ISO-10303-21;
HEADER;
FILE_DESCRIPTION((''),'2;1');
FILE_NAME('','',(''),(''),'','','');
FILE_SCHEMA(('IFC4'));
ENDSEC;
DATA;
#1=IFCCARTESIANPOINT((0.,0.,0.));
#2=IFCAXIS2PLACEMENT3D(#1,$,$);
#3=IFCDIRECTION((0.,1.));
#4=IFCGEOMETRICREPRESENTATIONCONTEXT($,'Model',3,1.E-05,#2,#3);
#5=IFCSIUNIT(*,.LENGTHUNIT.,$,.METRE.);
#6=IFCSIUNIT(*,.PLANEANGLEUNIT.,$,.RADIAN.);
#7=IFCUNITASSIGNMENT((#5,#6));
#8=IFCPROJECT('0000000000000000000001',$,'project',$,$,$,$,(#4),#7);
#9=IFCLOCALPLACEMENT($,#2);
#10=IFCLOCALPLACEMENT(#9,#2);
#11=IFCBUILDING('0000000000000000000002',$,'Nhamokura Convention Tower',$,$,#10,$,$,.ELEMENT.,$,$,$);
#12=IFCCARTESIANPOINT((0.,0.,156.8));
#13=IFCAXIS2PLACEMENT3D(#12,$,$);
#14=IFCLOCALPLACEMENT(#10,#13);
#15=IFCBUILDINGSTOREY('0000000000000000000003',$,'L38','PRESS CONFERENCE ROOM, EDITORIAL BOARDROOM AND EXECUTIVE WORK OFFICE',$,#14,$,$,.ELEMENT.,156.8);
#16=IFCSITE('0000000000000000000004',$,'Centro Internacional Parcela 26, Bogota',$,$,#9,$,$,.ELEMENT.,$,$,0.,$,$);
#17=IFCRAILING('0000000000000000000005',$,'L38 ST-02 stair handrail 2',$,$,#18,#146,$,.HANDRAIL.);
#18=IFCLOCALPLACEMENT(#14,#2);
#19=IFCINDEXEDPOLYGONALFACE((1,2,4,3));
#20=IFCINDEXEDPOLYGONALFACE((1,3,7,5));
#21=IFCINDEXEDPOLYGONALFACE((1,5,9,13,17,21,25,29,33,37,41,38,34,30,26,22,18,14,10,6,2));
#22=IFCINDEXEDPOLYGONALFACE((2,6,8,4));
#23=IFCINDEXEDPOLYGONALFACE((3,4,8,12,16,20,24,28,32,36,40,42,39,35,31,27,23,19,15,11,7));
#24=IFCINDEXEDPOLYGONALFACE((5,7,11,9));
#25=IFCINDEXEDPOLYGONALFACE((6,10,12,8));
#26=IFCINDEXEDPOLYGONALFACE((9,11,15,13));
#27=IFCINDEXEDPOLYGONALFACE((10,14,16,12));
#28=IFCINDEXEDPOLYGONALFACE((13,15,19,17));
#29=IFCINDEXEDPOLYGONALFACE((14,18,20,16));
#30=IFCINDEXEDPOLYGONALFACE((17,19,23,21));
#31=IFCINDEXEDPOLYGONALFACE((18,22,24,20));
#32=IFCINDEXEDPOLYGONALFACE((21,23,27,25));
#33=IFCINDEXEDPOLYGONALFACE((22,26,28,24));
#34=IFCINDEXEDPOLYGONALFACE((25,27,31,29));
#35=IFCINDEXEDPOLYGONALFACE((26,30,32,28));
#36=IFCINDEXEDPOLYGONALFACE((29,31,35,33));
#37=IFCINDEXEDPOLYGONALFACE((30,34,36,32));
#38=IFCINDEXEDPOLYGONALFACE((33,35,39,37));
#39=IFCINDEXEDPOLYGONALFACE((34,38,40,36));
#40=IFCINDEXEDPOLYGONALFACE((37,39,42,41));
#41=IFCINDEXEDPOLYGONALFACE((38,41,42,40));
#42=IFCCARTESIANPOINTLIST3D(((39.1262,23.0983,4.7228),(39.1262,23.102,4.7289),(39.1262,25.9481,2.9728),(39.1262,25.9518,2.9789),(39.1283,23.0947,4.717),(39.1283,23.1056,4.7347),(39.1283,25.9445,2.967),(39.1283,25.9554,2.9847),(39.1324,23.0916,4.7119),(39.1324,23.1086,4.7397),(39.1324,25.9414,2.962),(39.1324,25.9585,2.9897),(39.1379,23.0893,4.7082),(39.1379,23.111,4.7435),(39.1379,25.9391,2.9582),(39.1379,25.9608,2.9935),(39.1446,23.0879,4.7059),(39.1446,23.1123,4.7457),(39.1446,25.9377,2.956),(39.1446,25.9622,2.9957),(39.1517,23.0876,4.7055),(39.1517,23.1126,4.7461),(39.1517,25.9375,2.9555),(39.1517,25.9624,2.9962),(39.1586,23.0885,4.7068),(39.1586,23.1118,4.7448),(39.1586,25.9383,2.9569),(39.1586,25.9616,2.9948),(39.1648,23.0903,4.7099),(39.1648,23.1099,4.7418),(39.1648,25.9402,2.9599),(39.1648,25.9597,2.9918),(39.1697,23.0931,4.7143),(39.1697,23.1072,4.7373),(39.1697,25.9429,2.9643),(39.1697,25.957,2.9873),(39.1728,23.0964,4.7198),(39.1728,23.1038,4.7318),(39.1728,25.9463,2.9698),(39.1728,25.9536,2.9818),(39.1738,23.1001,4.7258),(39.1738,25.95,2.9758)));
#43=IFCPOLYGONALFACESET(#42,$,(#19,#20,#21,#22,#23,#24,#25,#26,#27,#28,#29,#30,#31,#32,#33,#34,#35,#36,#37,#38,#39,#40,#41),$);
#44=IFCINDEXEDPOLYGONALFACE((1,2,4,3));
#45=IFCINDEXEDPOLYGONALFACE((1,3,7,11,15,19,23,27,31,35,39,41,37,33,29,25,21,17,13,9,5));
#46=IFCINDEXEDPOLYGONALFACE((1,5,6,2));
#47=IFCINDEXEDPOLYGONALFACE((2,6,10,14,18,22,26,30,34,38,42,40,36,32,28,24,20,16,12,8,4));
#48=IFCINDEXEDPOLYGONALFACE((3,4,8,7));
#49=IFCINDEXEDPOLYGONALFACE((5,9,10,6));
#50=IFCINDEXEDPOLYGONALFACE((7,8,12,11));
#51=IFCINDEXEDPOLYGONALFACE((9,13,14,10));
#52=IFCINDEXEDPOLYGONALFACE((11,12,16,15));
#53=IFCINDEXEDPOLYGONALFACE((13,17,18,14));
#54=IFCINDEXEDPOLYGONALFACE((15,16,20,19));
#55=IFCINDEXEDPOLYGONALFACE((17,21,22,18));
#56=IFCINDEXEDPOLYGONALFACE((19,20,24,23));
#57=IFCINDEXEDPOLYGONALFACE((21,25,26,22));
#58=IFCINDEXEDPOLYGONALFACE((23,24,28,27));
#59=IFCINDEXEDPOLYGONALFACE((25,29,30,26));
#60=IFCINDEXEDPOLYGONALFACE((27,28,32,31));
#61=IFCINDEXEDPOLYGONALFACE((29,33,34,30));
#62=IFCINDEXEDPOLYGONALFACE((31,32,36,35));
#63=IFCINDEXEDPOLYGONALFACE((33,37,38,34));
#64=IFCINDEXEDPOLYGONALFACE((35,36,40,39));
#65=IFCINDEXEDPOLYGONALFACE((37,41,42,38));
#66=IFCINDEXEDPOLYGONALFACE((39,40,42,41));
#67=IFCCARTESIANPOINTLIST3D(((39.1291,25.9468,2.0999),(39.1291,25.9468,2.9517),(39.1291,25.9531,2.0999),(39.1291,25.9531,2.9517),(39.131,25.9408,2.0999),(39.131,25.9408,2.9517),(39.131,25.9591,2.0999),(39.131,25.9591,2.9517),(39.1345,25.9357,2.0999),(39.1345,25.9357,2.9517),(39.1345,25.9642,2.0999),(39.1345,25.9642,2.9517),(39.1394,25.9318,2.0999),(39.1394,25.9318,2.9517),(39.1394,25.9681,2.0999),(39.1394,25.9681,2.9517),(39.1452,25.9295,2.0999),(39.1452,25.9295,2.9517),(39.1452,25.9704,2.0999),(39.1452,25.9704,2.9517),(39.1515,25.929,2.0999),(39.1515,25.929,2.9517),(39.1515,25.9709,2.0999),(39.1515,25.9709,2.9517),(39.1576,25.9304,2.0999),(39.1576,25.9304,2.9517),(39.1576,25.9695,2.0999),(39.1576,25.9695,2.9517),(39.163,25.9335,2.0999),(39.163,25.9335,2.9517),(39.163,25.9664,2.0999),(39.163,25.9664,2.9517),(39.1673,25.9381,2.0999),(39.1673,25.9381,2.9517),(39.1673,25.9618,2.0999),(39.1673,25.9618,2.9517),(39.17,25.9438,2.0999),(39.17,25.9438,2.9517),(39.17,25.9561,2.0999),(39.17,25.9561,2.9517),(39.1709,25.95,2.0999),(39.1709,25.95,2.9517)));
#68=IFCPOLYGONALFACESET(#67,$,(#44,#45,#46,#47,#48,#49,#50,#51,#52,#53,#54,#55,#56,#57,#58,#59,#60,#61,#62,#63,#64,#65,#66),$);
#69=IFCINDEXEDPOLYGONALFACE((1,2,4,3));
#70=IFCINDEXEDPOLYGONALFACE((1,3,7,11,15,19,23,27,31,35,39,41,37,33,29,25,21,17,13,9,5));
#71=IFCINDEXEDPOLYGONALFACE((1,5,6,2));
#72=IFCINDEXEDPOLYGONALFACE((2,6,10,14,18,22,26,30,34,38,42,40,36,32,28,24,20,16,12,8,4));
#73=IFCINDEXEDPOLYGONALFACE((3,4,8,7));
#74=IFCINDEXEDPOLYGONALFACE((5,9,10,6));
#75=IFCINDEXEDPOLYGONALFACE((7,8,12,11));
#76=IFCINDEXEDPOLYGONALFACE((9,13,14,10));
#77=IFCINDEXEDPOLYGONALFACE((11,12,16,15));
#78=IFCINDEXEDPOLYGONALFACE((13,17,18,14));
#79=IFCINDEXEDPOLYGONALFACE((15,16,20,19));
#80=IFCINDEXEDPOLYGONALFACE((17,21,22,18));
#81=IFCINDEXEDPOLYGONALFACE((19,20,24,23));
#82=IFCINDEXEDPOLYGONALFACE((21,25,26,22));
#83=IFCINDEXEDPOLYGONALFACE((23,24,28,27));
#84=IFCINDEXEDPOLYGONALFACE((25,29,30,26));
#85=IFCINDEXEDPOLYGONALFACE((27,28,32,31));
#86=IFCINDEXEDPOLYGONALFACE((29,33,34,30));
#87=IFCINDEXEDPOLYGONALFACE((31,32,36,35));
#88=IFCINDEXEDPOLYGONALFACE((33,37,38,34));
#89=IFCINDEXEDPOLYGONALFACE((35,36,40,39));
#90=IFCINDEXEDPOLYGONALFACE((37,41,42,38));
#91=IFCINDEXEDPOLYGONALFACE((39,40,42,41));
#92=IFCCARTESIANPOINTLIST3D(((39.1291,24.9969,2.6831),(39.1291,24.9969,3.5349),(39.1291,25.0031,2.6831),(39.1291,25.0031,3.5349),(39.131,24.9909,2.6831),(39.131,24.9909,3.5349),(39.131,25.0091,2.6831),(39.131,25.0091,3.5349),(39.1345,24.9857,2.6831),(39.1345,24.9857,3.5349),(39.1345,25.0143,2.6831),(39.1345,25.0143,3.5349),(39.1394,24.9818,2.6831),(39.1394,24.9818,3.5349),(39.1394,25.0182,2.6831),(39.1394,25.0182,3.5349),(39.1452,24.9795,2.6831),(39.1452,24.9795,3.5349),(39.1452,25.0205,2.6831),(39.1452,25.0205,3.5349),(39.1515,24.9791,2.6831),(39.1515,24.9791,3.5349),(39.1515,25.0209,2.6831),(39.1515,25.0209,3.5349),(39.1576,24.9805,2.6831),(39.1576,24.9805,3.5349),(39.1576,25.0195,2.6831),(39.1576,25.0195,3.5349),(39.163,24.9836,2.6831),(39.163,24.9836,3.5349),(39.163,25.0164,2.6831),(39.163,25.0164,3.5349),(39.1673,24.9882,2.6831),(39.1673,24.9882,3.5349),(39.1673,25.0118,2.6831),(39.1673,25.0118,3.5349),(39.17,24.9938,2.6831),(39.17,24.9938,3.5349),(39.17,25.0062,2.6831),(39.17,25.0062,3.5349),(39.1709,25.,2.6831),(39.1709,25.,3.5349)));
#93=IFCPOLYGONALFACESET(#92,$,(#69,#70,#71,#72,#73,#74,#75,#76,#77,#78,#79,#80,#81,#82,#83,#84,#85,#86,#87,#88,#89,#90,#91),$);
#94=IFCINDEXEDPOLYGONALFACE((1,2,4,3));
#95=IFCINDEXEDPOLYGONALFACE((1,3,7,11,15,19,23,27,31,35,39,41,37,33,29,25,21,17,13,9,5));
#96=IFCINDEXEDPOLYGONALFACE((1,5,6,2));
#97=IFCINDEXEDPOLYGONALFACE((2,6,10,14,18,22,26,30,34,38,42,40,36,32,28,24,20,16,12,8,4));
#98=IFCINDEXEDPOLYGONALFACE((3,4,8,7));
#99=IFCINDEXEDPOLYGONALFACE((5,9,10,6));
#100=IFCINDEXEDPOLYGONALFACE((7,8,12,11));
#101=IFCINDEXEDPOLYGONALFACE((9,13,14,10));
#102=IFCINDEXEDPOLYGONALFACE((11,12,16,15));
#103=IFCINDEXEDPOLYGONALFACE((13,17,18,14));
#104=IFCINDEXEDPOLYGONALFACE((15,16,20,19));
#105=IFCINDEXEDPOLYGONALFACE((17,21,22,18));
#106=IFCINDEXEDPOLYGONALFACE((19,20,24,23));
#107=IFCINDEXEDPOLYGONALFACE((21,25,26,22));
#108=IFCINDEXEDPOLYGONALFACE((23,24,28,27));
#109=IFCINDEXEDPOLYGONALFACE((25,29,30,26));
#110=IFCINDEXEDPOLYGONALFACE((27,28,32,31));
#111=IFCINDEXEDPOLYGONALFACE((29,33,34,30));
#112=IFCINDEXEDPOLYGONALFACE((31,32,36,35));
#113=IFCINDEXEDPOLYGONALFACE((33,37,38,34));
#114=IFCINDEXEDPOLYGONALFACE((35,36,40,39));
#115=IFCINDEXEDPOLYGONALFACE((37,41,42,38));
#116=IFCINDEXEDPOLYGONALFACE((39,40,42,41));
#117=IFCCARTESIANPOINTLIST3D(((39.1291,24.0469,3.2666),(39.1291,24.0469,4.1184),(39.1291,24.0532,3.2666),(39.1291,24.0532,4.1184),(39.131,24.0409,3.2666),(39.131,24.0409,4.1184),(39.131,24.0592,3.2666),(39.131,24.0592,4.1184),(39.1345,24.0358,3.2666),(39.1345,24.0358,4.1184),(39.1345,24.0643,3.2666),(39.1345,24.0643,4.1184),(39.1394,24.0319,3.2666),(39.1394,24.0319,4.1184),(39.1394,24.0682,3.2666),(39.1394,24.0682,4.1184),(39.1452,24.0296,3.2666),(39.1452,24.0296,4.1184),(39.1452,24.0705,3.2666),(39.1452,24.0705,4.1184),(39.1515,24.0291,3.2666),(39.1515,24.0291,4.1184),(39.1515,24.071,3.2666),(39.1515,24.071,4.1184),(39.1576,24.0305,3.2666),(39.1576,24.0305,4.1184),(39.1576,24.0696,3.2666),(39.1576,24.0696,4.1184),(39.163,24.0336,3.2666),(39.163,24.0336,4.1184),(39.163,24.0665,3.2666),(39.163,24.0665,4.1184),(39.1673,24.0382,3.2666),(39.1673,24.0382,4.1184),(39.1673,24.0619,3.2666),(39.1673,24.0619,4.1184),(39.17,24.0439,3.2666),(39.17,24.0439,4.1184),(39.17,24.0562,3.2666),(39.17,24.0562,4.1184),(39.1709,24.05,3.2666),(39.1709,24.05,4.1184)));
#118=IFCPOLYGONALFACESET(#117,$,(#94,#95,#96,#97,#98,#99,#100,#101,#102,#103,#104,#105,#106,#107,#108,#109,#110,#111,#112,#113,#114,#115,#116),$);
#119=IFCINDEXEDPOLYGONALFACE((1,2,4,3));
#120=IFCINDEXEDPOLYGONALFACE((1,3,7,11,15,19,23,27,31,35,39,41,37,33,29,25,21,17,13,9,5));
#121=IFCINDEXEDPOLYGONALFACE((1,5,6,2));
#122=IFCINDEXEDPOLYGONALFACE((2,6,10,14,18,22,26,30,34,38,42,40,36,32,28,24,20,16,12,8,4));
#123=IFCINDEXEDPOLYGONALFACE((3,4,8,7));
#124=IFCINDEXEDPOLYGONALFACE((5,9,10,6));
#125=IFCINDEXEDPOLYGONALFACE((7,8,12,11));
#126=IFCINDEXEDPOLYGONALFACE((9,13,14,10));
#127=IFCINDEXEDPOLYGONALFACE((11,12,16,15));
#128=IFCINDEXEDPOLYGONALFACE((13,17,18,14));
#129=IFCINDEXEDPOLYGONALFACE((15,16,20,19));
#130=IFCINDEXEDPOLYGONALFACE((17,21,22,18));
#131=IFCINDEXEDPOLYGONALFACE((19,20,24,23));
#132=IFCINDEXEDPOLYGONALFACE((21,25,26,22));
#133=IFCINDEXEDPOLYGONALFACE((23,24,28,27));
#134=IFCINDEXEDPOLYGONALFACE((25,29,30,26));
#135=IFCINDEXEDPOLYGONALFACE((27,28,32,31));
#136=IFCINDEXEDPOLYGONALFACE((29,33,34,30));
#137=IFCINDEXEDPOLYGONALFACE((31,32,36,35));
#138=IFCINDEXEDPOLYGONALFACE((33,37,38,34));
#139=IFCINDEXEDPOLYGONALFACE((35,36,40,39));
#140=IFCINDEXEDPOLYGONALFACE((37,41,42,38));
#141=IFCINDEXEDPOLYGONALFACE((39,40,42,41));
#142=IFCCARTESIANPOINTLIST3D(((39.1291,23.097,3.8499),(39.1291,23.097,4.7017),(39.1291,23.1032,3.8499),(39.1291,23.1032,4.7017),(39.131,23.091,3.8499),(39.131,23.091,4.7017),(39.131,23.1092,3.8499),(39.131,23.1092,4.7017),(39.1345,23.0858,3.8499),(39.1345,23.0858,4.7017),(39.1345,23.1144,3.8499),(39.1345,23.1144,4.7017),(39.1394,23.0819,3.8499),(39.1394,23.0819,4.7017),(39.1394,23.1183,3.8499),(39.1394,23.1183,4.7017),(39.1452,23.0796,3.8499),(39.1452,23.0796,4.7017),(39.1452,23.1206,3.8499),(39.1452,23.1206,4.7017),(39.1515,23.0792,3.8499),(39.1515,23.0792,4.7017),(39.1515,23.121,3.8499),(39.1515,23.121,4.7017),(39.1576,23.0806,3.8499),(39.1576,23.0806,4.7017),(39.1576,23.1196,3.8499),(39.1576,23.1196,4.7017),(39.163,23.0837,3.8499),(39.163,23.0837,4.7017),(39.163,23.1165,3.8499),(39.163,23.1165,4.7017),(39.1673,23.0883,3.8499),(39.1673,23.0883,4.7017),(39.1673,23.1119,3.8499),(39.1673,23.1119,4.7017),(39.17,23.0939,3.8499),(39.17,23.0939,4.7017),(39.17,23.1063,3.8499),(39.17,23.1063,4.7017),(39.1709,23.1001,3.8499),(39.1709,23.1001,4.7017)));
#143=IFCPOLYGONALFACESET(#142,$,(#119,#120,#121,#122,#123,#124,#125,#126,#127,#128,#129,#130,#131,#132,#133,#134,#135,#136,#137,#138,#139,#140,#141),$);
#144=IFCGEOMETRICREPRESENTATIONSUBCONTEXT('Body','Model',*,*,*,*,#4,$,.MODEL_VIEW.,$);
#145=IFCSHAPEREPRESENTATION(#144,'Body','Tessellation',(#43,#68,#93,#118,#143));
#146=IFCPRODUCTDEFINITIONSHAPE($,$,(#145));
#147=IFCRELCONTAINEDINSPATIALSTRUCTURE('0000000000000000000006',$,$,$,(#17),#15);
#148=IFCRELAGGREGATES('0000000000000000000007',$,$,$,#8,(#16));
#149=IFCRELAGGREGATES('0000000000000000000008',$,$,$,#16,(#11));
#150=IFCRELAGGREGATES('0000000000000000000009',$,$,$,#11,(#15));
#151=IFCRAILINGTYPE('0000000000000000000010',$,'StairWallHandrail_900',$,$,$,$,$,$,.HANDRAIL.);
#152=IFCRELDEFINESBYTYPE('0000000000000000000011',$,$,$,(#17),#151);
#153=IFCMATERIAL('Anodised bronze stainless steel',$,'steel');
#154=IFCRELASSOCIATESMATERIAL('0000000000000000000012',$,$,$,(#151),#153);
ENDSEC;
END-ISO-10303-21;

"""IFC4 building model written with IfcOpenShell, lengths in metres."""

from ifc_helpers import new_model, si_unit, direction, frame, origin, origin_2d, place, context, subcontext, project, spatial, circle, extrude, material, type_object, element, save


model = new_model("IFC4")

# Units and contexts
model_context = context("Model", 3, precision=1e-05, world=origin(), true_north=direction((0.0, 1.0)))
body_context = subcontext(model_context, "Body", "Model", "MODEL_VIEW")
ifc_project = project(units=[si_unit("LENGTHUNIT", "METRE"), si_unit("PLANEANGLEUNIT", "RADIAN")], contexts=[model_context])

# Site, building, storey
site_placement = place(None, origin())
site = spatial("IfcSite", under=ifc_project, at=site_placement, Name="Centro Internacional Parcela 26, Bogota", CompositionType="ELEMENT", RefElevation=0.0)
building_placement = place(site_placement, origin())
building = spatial("IfcBuilding", under=site, at=building_placement, Name="Nhamokura Convention Tower", CompositionType="ELEMENT")
storey_placement = place(building_placement, frame((0.0, 0.0, 156.8)))
storey = spatial("IfcBuildingStorey", under=building, at=storey_placement, Name="L38", Description="PRESS CONFERENCE ROOM, EDITORIAL BOARDROOM AND EXECUTIVE WORK OFFICE", CompositionType="ELEMENT", Elevation=156.8)

# Railing
ifc_material_1 = material(Name="Anodised bronze stainless steel", Category="steel")
railing_type_1 = type_object("IfcRailingType", Name="StairWallHandrail_900", PredefinedType="HANDRAIL", material=ifc_material_1)
railing_1_placement = place(storey_placement, frame((39.1499, 25.95, 2.0999)))
element("IfcRailing", 1, at=railing_1_placement, inside=storey, type_object=railing_type_1, Name="L38 ST-02 stair handrail 2", PredefinedType="HANDRAIL", context=body_context, shape_type="SweptSolid", body=[
    extrude(circle(Radius=0.0239, at=origin_2d()), frame((0.0, 0.0, 0.876), z_axis=(0.0, -0.852159, 0.523283), x_axis=(1.0, 0.0, 0.0)), (0.0, 0.0, 1.0), 3.3442),
    extrude(circle(Radius=0.021, at=origin_2d()), origin(), (0.0, 0.0, 1.0), 0.8518),
    extrude(circle(Radius=0.021, at=origin_2d()), frame((0.0, -0.95, 0.5833)), (0.0, 0.0, 1.0), 0.8518),
    extrude(circle(Radius=0.021, at=origin_2d()), frame((0.0, -1.8999, 1.1667)), (0.0, 0.0, 1.0), 0.8518),
    extrude(circle(Radius=0.021, at=origin_2d()), frame((0.0, -2.8499, 1.75)), (0.0, 0.0, 1.0), 0.8518),
])

save(model, "model.ifc")
